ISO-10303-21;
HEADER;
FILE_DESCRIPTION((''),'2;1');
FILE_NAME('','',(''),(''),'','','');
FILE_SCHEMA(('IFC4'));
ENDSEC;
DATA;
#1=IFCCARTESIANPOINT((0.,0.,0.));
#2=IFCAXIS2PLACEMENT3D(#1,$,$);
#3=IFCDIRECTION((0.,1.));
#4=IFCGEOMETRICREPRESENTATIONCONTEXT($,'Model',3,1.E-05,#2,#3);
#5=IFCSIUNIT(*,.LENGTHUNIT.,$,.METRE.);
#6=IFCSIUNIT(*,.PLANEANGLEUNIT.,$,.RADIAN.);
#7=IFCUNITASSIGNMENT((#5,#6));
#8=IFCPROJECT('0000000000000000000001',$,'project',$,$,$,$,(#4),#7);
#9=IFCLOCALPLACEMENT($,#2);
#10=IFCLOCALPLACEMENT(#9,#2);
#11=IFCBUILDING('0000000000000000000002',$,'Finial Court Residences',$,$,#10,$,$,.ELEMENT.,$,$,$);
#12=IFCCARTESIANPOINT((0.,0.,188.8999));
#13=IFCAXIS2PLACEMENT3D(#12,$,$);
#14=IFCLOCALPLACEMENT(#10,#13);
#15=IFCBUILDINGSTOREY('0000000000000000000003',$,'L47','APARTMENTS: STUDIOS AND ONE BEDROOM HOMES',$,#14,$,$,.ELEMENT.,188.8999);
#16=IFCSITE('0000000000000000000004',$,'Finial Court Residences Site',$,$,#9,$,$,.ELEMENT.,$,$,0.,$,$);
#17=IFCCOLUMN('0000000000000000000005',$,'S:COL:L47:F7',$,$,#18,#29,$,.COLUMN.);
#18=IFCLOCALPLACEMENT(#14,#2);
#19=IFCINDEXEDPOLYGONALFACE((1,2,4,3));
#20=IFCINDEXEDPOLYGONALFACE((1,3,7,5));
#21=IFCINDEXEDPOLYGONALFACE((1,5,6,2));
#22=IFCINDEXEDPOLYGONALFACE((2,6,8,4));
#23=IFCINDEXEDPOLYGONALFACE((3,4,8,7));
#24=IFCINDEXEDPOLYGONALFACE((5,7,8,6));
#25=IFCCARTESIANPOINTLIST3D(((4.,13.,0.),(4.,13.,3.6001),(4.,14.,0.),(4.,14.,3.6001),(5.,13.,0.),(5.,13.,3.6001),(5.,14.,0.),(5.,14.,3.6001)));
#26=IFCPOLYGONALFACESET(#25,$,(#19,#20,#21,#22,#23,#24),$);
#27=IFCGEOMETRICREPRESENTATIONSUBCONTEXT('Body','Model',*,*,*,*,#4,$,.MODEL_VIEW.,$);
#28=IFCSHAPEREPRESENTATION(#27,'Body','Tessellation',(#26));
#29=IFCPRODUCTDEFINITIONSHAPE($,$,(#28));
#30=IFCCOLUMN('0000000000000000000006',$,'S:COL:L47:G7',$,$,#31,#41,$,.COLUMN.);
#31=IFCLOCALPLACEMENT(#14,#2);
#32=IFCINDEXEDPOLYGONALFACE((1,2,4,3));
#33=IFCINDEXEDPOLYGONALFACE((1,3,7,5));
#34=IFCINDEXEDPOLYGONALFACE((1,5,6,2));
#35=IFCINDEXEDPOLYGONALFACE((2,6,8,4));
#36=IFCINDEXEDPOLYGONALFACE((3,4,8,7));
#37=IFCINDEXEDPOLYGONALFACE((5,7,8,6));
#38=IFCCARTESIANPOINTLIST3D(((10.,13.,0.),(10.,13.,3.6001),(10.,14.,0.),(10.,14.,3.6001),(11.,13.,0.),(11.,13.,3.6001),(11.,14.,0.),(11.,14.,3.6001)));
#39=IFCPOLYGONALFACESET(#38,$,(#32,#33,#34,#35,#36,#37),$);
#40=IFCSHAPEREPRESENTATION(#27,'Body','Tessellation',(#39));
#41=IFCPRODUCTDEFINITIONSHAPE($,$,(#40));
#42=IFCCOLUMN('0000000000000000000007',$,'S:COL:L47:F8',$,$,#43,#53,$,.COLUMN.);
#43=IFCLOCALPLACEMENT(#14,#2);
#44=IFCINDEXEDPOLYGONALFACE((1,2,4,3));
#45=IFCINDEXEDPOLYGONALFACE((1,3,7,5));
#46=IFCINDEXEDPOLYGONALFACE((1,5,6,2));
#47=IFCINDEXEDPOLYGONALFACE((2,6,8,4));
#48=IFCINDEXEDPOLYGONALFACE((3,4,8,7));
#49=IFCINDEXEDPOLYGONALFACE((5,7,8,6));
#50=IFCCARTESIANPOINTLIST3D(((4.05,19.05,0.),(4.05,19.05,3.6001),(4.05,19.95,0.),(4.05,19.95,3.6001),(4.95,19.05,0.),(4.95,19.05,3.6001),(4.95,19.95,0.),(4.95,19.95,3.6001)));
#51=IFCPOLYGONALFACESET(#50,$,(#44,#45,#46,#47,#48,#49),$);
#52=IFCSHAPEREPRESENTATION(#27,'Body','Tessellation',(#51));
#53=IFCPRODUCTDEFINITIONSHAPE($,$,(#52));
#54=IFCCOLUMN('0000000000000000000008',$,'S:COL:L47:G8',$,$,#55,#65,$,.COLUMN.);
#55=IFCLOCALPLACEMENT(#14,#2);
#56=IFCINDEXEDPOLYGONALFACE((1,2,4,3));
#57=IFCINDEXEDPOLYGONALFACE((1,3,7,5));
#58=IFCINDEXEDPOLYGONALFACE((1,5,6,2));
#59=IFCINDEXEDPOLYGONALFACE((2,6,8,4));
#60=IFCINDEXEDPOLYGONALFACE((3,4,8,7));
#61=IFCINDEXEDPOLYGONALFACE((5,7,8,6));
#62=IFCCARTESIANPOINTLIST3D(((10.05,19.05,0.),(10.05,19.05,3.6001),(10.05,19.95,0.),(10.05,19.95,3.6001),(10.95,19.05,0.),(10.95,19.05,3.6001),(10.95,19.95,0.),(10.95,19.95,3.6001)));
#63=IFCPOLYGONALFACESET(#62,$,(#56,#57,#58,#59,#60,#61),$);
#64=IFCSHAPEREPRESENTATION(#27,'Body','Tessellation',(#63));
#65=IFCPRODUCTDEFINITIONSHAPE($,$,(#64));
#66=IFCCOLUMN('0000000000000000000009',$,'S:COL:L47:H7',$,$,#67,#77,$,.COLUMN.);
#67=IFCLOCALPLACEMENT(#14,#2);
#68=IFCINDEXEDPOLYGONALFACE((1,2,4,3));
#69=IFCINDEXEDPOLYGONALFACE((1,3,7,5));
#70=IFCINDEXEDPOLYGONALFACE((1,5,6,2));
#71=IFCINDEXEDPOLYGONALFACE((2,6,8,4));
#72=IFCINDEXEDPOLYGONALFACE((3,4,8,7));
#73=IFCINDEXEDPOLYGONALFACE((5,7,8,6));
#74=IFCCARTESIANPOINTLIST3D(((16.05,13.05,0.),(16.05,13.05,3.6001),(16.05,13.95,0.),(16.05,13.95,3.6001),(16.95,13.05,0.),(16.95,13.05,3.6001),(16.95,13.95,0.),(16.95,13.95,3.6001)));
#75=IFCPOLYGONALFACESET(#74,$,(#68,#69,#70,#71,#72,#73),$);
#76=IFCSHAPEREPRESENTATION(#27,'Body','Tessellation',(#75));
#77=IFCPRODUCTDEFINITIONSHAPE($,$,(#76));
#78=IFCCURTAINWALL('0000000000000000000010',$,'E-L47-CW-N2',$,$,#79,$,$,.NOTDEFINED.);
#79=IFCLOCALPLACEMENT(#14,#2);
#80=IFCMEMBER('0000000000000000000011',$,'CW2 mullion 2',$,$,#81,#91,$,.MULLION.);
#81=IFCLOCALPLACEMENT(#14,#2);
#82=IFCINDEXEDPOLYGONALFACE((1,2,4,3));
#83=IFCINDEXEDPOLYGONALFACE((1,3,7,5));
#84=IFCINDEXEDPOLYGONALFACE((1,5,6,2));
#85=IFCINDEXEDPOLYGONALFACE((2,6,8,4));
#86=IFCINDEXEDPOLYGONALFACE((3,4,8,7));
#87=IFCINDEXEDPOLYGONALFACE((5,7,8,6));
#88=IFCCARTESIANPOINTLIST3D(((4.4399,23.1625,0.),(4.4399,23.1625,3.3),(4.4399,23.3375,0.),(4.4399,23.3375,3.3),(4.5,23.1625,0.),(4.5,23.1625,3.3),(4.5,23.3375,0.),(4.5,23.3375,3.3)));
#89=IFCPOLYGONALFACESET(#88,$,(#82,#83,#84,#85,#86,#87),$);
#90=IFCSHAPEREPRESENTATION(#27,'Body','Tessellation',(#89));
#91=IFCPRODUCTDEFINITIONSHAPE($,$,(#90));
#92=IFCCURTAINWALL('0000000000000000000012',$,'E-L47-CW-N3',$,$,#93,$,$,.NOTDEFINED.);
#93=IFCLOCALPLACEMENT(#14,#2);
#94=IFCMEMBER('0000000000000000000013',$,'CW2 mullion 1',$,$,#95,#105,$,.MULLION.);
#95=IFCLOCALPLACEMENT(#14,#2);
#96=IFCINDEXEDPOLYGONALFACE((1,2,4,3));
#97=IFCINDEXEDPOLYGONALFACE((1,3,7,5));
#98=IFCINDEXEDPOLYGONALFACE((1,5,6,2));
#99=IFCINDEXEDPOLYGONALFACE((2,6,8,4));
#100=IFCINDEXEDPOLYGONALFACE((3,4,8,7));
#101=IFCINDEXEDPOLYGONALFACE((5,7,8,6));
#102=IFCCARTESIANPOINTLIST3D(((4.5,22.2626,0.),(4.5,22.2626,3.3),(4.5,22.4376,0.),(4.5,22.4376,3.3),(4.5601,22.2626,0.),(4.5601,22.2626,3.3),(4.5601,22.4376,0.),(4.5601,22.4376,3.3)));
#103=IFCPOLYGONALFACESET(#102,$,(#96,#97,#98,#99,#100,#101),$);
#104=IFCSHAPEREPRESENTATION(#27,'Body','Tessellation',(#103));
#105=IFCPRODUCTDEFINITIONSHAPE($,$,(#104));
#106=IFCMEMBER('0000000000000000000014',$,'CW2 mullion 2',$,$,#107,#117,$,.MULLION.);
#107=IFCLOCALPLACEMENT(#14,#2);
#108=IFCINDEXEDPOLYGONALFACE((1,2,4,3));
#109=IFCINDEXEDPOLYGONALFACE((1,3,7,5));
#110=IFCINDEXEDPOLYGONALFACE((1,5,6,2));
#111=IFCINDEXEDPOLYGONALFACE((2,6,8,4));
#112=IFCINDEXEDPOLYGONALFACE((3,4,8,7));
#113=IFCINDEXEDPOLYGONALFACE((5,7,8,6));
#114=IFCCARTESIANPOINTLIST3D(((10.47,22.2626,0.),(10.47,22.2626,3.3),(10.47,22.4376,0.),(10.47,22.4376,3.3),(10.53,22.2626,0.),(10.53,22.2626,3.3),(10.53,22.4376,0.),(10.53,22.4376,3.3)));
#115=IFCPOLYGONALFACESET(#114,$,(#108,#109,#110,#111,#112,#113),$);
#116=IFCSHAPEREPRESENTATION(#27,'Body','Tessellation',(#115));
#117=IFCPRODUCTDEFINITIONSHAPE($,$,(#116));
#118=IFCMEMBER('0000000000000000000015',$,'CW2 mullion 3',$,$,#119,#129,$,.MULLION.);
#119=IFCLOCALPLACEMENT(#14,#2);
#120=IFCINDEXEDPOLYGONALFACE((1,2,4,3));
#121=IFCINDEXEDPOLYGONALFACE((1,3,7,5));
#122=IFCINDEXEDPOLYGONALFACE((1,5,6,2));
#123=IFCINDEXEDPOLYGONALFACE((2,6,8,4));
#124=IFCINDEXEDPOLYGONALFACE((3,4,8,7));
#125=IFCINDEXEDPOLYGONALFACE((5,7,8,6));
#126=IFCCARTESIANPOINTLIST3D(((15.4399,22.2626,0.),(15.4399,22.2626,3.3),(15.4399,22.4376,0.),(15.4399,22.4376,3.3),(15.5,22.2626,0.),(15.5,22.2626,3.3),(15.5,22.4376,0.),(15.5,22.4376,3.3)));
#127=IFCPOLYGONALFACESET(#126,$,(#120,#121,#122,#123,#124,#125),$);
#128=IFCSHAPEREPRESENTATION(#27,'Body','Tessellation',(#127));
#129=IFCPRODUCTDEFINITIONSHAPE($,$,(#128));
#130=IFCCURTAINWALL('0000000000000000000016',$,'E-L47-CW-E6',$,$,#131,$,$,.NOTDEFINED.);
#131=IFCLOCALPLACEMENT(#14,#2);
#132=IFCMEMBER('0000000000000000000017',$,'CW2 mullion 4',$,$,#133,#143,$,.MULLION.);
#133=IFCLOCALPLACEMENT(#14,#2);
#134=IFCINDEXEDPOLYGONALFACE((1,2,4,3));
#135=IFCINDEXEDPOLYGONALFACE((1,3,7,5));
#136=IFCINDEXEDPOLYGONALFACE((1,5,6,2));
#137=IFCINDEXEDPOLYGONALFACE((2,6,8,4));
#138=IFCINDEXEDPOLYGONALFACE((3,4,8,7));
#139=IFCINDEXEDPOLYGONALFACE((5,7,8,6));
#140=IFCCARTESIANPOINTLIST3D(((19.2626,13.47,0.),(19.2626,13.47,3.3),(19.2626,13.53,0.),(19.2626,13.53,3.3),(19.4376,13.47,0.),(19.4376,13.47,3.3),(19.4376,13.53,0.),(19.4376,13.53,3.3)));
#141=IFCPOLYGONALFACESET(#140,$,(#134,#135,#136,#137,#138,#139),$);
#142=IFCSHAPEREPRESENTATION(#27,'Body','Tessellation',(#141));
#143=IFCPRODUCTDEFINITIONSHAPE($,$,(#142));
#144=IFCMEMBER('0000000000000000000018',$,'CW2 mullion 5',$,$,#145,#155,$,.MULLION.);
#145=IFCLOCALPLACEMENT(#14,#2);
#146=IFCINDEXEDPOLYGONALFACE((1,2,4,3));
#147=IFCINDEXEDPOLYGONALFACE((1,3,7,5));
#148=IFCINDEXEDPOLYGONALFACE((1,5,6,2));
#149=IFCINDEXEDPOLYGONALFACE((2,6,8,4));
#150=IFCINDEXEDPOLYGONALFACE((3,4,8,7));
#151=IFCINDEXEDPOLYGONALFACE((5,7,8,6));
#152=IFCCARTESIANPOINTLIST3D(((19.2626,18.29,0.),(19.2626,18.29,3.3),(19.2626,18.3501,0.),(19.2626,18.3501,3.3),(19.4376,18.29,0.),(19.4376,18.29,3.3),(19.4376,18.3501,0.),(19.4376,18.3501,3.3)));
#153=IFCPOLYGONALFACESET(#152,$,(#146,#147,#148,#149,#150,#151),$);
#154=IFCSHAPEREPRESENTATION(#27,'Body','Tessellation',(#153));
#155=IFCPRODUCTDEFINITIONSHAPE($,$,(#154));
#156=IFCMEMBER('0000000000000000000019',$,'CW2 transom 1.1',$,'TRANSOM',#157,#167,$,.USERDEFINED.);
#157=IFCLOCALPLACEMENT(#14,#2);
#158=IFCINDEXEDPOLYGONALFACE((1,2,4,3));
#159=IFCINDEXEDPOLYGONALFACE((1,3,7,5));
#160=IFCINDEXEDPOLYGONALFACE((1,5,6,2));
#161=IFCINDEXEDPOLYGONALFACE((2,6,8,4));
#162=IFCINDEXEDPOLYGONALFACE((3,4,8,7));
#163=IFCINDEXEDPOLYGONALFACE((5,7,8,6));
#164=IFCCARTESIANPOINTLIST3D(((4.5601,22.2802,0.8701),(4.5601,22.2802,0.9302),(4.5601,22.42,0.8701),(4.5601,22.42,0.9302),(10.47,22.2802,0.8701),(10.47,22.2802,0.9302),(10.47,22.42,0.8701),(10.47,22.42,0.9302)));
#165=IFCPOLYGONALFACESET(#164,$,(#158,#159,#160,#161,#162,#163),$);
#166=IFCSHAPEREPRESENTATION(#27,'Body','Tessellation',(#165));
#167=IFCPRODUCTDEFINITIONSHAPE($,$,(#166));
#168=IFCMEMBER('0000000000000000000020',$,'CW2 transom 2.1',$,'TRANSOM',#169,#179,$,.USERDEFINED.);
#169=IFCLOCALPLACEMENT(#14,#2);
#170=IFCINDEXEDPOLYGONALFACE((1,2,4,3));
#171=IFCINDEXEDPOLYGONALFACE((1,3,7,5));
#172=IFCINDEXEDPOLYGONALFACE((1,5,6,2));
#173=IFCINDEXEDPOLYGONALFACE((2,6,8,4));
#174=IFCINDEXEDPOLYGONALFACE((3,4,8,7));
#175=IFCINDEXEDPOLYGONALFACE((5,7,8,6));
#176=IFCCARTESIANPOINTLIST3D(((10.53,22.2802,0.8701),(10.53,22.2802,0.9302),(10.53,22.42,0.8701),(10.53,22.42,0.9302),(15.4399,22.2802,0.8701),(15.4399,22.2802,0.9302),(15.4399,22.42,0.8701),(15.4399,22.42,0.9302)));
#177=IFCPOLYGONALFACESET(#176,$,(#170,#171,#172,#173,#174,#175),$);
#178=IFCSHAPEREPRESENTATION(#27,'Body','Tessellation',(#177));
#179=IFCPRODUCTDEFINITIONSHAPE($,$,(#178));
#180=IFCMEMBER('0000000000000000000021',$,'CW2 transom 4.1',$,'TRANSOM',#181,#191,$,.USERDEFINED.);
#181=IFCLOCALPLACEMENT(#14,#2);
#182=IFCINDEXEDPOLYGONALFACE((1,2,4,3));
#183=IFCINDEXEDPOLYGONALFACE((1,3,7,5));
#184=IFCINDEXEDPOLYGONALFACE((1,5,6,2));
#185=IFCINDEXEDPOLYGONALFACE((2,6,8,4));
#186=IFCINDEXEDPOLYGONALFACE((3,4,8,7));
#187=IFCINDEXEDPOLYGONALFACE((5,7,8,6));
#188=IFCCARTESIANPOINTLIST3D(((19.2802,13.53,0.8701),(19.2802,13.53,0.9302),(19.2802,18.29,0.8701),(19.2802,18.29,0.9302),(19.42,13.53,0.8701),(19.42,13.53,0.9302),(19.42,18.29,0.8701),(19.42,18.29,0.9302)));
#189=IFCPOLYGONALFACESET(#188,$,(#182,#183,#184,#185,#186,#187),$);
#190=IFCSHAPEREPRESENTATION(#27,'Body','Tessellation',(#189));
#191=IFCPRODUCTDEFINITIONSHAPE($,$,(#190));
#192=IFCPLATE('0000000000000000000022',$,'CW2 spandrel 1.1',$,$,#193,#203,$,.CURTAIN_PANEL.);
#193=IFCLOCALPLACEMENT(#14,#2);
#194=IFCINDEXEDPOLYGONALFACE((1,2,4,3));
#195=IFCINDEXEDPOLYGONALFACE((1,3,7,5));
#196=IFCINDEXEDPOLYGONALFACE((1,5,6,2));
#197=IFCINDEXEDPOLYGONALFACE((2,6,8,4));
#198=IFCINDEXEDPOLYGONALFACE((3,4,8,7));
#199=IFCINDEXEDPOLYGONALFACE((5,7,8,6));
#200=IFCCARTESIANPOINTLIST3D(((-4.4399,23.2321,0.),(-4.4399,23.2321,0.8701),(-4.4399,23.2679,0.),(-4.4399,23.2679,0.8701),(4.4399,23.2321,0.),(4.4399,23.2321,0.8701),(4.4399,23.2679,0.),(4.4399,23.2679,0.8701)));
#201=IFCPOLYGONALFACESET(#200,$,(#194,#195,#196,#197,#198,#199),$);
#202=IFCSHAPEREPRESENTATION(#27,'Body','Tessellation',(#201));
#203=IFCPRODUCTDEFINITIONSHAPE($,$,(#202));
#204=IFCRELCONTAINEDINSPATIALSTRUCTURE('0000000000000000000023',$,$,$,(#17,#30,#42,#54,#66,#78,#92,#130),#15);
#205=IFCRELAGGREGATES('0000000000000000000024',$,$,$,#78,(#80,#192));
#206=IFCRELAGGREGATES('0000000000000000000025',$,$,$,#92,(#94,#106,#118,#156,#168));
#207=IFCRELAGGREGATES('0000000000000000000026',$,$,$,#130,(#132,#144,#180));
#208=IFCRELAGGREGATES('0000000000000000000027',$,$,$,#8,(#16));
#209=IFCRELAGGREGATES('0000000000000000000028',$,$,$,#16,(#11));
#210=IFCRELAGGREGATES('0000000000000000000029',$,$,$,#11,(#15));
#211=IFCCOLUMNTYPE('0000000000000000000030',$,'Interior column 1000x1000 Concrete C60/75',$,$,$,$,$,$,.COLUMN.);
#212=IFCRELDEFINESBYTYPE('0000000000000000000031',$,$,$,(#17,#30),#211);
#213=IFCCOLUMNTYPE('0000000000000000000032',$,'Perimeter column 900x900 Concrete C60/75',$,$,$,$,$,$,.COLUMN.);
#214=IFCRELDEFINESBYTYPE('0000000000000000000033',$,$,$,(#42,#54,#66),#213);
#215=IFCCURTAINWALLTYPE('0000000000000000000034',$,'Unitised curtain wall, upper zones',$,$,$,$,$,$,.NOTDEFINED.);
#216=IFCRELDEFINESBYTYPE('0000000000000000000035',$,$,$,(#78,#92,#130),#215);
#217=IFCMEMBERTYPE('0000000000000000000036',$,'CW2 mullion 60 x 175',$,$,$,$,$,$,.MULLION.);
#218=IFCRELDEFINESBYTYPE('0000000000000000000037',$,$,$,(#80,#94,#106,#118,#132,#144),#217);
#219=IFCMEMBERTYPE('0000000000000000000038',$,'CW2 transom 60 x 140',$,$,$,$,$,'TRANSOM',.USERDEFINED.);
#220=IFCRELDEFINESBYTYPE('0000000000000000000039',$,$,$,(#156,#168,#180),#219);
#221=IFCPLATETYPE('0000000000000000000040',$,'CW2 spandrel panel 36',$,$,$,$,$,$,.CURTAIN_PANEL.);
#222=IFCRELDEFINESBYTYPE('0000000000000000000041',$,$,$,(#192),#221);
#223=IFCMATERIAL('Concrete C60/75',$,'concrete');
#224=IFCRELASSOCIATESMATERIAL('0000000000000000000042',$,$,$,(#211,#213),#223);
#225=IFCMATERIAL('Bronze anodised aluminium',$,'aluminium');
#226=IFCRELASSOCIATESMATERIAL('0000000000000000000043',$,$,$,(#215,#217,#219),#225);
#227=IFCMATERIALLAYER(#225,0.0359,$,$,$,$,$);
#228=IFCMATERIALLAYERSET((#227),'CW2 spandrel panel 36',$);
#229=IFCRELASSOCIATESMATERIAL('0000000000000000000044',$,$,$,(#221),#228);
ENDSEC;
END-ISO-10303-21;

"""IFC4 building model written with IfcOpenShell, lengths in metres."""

from ifc_helpers import new_model, si_unit, direction, frame, origin, origin_2d, place, context, subcontext, project, spatial, rectangle, extrude, material, layer, layer_set, material_profile, profile_set, type_object, element, aggregate, save


model = new_model("IFC4")

# Units and contexts
model_context = context("Model", 3, precision=1e-05, world=origin(), true_north=direction((0.0, 1.0)))
body_context = subcontext(model_context, "Body", "Model", "MODEL_VIEW")
ifc_project = project(units=[si_unit("LENGTHUNIT", "METRE"), si_unit("PLANEANGLEUNIT", "RADIAN")], contexts=[model_context])

# Site, building, storey
site_placement = place(None, origin())
site = spatial("IfcSite", under=ifc_project, at=site_placement, Name="Finial Court Residences Site", CompositionType="ELEMENT", RefElevation=0.0)
building_placement = place(site_placement, origin())
building = spatial("IfcBuilding", under=site, at=building_placement, Name="Finial Court Residences", CompositionType="ELEMENT")
storey_placement = place(building_placement, frame((0.0, 0.0, 188.8999)))
storey = spatial("IfcBuildingStorey", under=building, at=storey_placement, Name="L47", Description="APARTMENTS: STUDIOS AND ONE BEDROOM HOMES", CompositionType="ELEMENT", Elevation=188.8999)

# Columns
ifc_material_1 = material(Name="Concrete C60/75", Category="concrete")
ifc_material_profile_1 = material_profile(ifc_material_1, rectangle(XDim=1.0, YDim=1.0, at=origin_2d()), Name="1000x1000")
ifc_profile_set_1 = profile_set([ifc_material_profile_1], Name="Concrete C60/75")
column_type_1 = type_object("IfcColumnType", Name="Interior column 1000x1000 Concrete C60/75", PredefinedType="COLUMN", material=ifc_profile_set_1)
for number, where, z_axis, x_axis, name in (
    (1, (4.5, 13.5, 0.0), (0.0, 0.0, 1.0), (1.0, 0.0, 0.0), "S:COL:L47:F7"),
    (2, (10.5, 13.5, 0.0), (0.0, 0.0, 1.0), (1.0, 0.0, 0.0), "S:COL:L47:G7"),
):
    element("IfcColumn", number, at=place(storey_placement, frame(where, z_axis=z_axis, x_axis=x_axis)), inside=storey, type_object=column_type_1, Name=name, PredefinedType="COLUMN", context=body_context, shape_type="SweptSolid", body=[
        extrude(rectangle(XDim=1.0, YDim=1.0, at=origin_2d()), origin(), (0.0, 0.0, 1.0), 3.6001),
    ])
ifc_material_profile_2 = material_profile(ifc_material_1, rectangle(XDim=0.8999, YDim=0.8999, at=origin_2d()), Name="900x900")
ifc_profile_set_2 = profile_set([ifc_material_profile_2], Name="Concrete C60/75")
column_type_2 = type_object("IfcColumnType", Name="Perimeter column 900x900 Concrete C60/75", PredefinedType="COLUMN", material=ifc_profile_set_2)
for number, where, z_axis, x_axis, name in (
    (3, (4.5, 19.5, 0.0), (0.0, 0.0, 1.0), (1.0, 0.0, 0.0), "S:COL:L47:F8"),
    (4, (10.5, 19.5, 0.0), (0.0, 0.0, 1.0), (1.0, 0.0, 0.0), "S:COL:L47:G8"),
    (5, (16.5, 13.5, 0.0), (0.0, 0.0, 1.0), (1.0, 0.0, 0.0), "S:COL:L47:H7"),
):
    element("IfcColumn", number, at=place(storey_placement, frame(where, z_axis=z_axis, x_axis=x_axis)), inside=storey, type_object=column_type_2, Name=name, PredefinedType="COLUMN", context=body_context, shape_type="SweptSolid", body=[
        extrude(rectangle(XDim=0.8999, YDim=0.8999, at=origin_2d()), origin(), (0.0, 0.0, 1.0), 3.6001),
    ])

# Curtain wall, member
ifc_material_2 = material(Name="Bronze anodised aluminium", Category="aluminium")
curtain_wall_type = type_object("IfcCurtainWallType", Name="Unitised curtain wall, upper zones", PredefinedType="NOTDEFINED", material=ifc_material_2)
curtain_wall_1_placement = place(storey_placement, origin())
curtain_wall_1 = element("IfcCurtainWall", 6, at=curtain_wall_1_placement, inside=storey, type_object=curtain_wall_type, Name="E-L47-CW-N2", PredefinedType="NOTDEFINED")
ifc_material_profile_3 = material_profile(ifc_material_2, rectangle(XDim=0.175, YDim=0.0601, at=origin_2d()), Name="CW2 mullion 60 x 175")
ifc_profile_set_3 = profile_set([ifc_material_profile_3], Name="Bronze anodised aluminium")
member_type_1 = type_object("IfcMemberType", Name="CW2 mullion 60 x 175", PredefinedType="MULLION", material=ifc_profile_set_3)
member_1_placement = place(storey_placement, frame((4.47, 23.25, 0.0), z_axis=(0.0, 0.0, 1.0), x_axis=(0.0, 1.0, 0.0)))
member_1 = element("IfcMember", 7, at=member_1_placement, type_object=member_type_1, Name="CW2 mullion 2", PredefinedType="MULLION", context=body_context, shape_type="SweptSolid", body=[
    extrude(rectangle(XDim=0.175, YDim=0.0601, at=origin_2d()), origin(), (0.0, 0.0, 1.0), 3.3),
])

# Curtain walls, members
curtain_wall_2_placement = place(storey_placement, origin())
curtain_wall_2 = element("IfcCurtainWall", 8, at=curtain_wall_2_placement, inside=storey, type_object=curtain_wall_type, Name="E-L47-CW-N3", PredefinedType="NOTDEFINED")
member_2_placement = place(storey_placement, frame((4.53, 22.3501, 0.0), z_axis=(0.0, 0.0, 1.0), x_axis=(0.0, 1.0, 0.0)))
member_2 = element("IfcMember", 9, at=member_2_placement, type_object=member_type_1, Name="CW2 mullion 1", PredefinedType="MULLION", context=body_context, shape_type="SweptSolid", body=[
    extrude(rectangle(XDim=0.175, YDim=0.0601, at=origin_2d()), origin(), (0.0, 0.0, 1.0), 3.3),
])
member_3_placement = place(storey_placement, frame((10.5, 22.3501, 0.0), z_axis=(0.0, 0.0, 1.0), x_axis=(0.0, 1.0, 0.0)))
member_3 = element("IfcMember", 10, at=member_3_placement, type_object=member_type_1, Name="CW2 mullion 2", PredefinedType="MULLION", context=body_context, shape_type="SweptSolid", body=[
    extrude(rectangle(XDim=0.175, YDim=0.0601, at=origin_2d()), origin(), (0.0, 0.0, 1.0), 3.3),
])
member_4_placement = place(storey_placement, frame((15.47, 22.3501, 0.0), z_axis=(0.0, 0.0, 1.0), x_axis=(0.0, 1.0, 0.0)))
member_4 = element("IfcMember", 11, at=member_4_placement, type_object=member_type_1, Name="CW2 mullion 3", PredefinedType="MULLION", context=body_context, shape_type="SweptSolid", body=[
    extrude(rectangle(XDim=0.175, YDim=0.0601, at=origin_2d()), origin(), (0.0, 0.0, 1.0), 3.3),
])
curtain_wall_3_placement = place(storey_placement, origin())
curtain_wall_3 = element("IfcCurtainWall", 12, at=curtain_wall_3_placement, inside=storey, type_object=curtain_wall_type, Name="E-L47-CW-E6", PredefinedType="NOTDEFINED")
member_5_placement = place(storey_placement, frame((19.3501, 13.5, 0.0), z_axis=(0.0, 0.0, 1.0), x_axis=(-1.0, 0.0, 0.0)))
member_5 = element("IfcMember", 13, at=member_5_placement, type_object=member_type_1, Name="CW2 mullion 4", PredefinedType="MULLION", context=body_context, shape_type="SweptSolid", body=[
    extrude(rectangle(XDim=0.175, YDim=0.0601, at=origin_2d()), origin(), (0.0, 0.0, 1.0), 3.3),
])
member_6_placement = place(storey_placement, frame((19.3501, 18.3201, 0.0), z_axis=(0.0, 0.0, 1.0), x_axis=(-1.0, 0.0, 0.0)))
member_6 = element("IfcMember", 14, at=member_6_placement, type_object=member_type_1, Name="CW2 mullion 5", PredefinedType="MULLION", context=body_context, shape_type="SweptSolid", body=[
    extrude(rectangle(XDim=0.175, YDim=0.0601, at=origin_2d()), origin(), (0.0, 0.0, 1.0), 3.3),
])

# Members
ifc_material_profile_4 = material_profile(ifc_material_2, rectangle(XDim=0.1399, YDim=0.0601, at=origin_2d()), Name="CW2 transom 60 x 140")
ifc_profile_set_4 = profile_set([ifc_material_profile_4], Name="Bronze anodised aluminium")
member_type_2 = type_object("IfcMemberType", Name="CW2 transom 60 x 140", ElementType="TRANSOM", PredefinedType="USERDEFINED", material=ifc_profile_set_4)
member_7_placement = place(storey_placement, frame((4.5601, 22.3501, 0.9001), z_axis=(1.0, 0.0, 0.0), x_axis=(0.0, 1.0, 0.0)))
member_7 = element("IfcMember", 15, at=member_7_placement, type_object=member_type_2, Name="CW2 transom 1.1", ObjectType="TRANSOM", PredefinedType="USERDEFINED", context=body_context, shape_type="SweptSolid", body=[
    extrude(rectangle(XDim=0.1399, YDim=0.0601, at=origin_2d()), origin(), (0.0, 0.0, 1.0), 5.9099),
])
member_8_placement = place(storey_placement, frame((10.53, 22.3501, 0.9001), z_axis=(1.0, 0.0, 0.0), x_axis=(0.0, 1.0, 0.0)))
member_8 = element("IfcMember", 16, at=member_8_placement, type_object=member_type_2, Name="CW2 transom 2.1", ObjectType="TRANSOM", PredefinedType="USERDEFINED", context=body_context, shape_type="SweptSolid", body=[
    extrude(rectangle(XDim=0.1399, YDim=0.0601, at=origin_2d()), origin(), (0.0, 0.0, 1.0), 4.9099),
])
member_9_placement = place(storey_placement, frame((19.3501, 13.53, 0.9001), z_axis=(0.0, 1.0, 0.0), x_axis=(-1.0, 0.0, 0.0)))
member_9 = element("IfcMember", 17, at=member_9_placement, type_object=member_type_2, Name="CW2 transom 4.1", ObjectType="TRANSOM", PredefinedType="USERDEFINED", context=body_context, shape_type="SweptSolid", body=[
    extrude(rectangle(XDim=0.1399, YDim=0.0601, at=origin_2d()), origin(), (0.0, 0.0, 1.0), 4.76),
])

# Plate
ifc_layer_1 = layer(ifc_material_2, 0.0359)
ifc_layer_set_1 = layer_set([ifc_layer_1], Name="CW2 spandrel panel 36")
plate_type_1 = type_object("IfcPlateType", Name="CW2 spandrel panel 36", PredefinedType="CURTAIN_PANEL", material=ifc_layer_set_1)
plate_1_placement = place(storey_placement, frame((0.0, 23.25, 0.0), z_axis=(0.0, 0.0, 1.0), x_axis=(1.0, 0.0, 0.0)))
plate_1 = element("IfcPlate", 18, at=plate_1_placement, type_object=plate_type_1, Name="CW2 spandrel 1.1", PredefinedType="CURTAIN_PANEL", context=body_context, shape_type="SweptSolid", body=[
    extrude(rectangle(XDim=8.8799, YDim=0.0359, at=origin_2d()), origin(), (0.0, 0.0, 1.0), 0.8701),
])
aggregate(curtain_wall_1, [member_1, plate_1])
aggregate(curtain_wall_2, [member_2, member_3, member_4, member_7, member_8])
aggregate(curtain_wall_3, [member_5, member_6, member_9])

save(model, "model.ifc")
